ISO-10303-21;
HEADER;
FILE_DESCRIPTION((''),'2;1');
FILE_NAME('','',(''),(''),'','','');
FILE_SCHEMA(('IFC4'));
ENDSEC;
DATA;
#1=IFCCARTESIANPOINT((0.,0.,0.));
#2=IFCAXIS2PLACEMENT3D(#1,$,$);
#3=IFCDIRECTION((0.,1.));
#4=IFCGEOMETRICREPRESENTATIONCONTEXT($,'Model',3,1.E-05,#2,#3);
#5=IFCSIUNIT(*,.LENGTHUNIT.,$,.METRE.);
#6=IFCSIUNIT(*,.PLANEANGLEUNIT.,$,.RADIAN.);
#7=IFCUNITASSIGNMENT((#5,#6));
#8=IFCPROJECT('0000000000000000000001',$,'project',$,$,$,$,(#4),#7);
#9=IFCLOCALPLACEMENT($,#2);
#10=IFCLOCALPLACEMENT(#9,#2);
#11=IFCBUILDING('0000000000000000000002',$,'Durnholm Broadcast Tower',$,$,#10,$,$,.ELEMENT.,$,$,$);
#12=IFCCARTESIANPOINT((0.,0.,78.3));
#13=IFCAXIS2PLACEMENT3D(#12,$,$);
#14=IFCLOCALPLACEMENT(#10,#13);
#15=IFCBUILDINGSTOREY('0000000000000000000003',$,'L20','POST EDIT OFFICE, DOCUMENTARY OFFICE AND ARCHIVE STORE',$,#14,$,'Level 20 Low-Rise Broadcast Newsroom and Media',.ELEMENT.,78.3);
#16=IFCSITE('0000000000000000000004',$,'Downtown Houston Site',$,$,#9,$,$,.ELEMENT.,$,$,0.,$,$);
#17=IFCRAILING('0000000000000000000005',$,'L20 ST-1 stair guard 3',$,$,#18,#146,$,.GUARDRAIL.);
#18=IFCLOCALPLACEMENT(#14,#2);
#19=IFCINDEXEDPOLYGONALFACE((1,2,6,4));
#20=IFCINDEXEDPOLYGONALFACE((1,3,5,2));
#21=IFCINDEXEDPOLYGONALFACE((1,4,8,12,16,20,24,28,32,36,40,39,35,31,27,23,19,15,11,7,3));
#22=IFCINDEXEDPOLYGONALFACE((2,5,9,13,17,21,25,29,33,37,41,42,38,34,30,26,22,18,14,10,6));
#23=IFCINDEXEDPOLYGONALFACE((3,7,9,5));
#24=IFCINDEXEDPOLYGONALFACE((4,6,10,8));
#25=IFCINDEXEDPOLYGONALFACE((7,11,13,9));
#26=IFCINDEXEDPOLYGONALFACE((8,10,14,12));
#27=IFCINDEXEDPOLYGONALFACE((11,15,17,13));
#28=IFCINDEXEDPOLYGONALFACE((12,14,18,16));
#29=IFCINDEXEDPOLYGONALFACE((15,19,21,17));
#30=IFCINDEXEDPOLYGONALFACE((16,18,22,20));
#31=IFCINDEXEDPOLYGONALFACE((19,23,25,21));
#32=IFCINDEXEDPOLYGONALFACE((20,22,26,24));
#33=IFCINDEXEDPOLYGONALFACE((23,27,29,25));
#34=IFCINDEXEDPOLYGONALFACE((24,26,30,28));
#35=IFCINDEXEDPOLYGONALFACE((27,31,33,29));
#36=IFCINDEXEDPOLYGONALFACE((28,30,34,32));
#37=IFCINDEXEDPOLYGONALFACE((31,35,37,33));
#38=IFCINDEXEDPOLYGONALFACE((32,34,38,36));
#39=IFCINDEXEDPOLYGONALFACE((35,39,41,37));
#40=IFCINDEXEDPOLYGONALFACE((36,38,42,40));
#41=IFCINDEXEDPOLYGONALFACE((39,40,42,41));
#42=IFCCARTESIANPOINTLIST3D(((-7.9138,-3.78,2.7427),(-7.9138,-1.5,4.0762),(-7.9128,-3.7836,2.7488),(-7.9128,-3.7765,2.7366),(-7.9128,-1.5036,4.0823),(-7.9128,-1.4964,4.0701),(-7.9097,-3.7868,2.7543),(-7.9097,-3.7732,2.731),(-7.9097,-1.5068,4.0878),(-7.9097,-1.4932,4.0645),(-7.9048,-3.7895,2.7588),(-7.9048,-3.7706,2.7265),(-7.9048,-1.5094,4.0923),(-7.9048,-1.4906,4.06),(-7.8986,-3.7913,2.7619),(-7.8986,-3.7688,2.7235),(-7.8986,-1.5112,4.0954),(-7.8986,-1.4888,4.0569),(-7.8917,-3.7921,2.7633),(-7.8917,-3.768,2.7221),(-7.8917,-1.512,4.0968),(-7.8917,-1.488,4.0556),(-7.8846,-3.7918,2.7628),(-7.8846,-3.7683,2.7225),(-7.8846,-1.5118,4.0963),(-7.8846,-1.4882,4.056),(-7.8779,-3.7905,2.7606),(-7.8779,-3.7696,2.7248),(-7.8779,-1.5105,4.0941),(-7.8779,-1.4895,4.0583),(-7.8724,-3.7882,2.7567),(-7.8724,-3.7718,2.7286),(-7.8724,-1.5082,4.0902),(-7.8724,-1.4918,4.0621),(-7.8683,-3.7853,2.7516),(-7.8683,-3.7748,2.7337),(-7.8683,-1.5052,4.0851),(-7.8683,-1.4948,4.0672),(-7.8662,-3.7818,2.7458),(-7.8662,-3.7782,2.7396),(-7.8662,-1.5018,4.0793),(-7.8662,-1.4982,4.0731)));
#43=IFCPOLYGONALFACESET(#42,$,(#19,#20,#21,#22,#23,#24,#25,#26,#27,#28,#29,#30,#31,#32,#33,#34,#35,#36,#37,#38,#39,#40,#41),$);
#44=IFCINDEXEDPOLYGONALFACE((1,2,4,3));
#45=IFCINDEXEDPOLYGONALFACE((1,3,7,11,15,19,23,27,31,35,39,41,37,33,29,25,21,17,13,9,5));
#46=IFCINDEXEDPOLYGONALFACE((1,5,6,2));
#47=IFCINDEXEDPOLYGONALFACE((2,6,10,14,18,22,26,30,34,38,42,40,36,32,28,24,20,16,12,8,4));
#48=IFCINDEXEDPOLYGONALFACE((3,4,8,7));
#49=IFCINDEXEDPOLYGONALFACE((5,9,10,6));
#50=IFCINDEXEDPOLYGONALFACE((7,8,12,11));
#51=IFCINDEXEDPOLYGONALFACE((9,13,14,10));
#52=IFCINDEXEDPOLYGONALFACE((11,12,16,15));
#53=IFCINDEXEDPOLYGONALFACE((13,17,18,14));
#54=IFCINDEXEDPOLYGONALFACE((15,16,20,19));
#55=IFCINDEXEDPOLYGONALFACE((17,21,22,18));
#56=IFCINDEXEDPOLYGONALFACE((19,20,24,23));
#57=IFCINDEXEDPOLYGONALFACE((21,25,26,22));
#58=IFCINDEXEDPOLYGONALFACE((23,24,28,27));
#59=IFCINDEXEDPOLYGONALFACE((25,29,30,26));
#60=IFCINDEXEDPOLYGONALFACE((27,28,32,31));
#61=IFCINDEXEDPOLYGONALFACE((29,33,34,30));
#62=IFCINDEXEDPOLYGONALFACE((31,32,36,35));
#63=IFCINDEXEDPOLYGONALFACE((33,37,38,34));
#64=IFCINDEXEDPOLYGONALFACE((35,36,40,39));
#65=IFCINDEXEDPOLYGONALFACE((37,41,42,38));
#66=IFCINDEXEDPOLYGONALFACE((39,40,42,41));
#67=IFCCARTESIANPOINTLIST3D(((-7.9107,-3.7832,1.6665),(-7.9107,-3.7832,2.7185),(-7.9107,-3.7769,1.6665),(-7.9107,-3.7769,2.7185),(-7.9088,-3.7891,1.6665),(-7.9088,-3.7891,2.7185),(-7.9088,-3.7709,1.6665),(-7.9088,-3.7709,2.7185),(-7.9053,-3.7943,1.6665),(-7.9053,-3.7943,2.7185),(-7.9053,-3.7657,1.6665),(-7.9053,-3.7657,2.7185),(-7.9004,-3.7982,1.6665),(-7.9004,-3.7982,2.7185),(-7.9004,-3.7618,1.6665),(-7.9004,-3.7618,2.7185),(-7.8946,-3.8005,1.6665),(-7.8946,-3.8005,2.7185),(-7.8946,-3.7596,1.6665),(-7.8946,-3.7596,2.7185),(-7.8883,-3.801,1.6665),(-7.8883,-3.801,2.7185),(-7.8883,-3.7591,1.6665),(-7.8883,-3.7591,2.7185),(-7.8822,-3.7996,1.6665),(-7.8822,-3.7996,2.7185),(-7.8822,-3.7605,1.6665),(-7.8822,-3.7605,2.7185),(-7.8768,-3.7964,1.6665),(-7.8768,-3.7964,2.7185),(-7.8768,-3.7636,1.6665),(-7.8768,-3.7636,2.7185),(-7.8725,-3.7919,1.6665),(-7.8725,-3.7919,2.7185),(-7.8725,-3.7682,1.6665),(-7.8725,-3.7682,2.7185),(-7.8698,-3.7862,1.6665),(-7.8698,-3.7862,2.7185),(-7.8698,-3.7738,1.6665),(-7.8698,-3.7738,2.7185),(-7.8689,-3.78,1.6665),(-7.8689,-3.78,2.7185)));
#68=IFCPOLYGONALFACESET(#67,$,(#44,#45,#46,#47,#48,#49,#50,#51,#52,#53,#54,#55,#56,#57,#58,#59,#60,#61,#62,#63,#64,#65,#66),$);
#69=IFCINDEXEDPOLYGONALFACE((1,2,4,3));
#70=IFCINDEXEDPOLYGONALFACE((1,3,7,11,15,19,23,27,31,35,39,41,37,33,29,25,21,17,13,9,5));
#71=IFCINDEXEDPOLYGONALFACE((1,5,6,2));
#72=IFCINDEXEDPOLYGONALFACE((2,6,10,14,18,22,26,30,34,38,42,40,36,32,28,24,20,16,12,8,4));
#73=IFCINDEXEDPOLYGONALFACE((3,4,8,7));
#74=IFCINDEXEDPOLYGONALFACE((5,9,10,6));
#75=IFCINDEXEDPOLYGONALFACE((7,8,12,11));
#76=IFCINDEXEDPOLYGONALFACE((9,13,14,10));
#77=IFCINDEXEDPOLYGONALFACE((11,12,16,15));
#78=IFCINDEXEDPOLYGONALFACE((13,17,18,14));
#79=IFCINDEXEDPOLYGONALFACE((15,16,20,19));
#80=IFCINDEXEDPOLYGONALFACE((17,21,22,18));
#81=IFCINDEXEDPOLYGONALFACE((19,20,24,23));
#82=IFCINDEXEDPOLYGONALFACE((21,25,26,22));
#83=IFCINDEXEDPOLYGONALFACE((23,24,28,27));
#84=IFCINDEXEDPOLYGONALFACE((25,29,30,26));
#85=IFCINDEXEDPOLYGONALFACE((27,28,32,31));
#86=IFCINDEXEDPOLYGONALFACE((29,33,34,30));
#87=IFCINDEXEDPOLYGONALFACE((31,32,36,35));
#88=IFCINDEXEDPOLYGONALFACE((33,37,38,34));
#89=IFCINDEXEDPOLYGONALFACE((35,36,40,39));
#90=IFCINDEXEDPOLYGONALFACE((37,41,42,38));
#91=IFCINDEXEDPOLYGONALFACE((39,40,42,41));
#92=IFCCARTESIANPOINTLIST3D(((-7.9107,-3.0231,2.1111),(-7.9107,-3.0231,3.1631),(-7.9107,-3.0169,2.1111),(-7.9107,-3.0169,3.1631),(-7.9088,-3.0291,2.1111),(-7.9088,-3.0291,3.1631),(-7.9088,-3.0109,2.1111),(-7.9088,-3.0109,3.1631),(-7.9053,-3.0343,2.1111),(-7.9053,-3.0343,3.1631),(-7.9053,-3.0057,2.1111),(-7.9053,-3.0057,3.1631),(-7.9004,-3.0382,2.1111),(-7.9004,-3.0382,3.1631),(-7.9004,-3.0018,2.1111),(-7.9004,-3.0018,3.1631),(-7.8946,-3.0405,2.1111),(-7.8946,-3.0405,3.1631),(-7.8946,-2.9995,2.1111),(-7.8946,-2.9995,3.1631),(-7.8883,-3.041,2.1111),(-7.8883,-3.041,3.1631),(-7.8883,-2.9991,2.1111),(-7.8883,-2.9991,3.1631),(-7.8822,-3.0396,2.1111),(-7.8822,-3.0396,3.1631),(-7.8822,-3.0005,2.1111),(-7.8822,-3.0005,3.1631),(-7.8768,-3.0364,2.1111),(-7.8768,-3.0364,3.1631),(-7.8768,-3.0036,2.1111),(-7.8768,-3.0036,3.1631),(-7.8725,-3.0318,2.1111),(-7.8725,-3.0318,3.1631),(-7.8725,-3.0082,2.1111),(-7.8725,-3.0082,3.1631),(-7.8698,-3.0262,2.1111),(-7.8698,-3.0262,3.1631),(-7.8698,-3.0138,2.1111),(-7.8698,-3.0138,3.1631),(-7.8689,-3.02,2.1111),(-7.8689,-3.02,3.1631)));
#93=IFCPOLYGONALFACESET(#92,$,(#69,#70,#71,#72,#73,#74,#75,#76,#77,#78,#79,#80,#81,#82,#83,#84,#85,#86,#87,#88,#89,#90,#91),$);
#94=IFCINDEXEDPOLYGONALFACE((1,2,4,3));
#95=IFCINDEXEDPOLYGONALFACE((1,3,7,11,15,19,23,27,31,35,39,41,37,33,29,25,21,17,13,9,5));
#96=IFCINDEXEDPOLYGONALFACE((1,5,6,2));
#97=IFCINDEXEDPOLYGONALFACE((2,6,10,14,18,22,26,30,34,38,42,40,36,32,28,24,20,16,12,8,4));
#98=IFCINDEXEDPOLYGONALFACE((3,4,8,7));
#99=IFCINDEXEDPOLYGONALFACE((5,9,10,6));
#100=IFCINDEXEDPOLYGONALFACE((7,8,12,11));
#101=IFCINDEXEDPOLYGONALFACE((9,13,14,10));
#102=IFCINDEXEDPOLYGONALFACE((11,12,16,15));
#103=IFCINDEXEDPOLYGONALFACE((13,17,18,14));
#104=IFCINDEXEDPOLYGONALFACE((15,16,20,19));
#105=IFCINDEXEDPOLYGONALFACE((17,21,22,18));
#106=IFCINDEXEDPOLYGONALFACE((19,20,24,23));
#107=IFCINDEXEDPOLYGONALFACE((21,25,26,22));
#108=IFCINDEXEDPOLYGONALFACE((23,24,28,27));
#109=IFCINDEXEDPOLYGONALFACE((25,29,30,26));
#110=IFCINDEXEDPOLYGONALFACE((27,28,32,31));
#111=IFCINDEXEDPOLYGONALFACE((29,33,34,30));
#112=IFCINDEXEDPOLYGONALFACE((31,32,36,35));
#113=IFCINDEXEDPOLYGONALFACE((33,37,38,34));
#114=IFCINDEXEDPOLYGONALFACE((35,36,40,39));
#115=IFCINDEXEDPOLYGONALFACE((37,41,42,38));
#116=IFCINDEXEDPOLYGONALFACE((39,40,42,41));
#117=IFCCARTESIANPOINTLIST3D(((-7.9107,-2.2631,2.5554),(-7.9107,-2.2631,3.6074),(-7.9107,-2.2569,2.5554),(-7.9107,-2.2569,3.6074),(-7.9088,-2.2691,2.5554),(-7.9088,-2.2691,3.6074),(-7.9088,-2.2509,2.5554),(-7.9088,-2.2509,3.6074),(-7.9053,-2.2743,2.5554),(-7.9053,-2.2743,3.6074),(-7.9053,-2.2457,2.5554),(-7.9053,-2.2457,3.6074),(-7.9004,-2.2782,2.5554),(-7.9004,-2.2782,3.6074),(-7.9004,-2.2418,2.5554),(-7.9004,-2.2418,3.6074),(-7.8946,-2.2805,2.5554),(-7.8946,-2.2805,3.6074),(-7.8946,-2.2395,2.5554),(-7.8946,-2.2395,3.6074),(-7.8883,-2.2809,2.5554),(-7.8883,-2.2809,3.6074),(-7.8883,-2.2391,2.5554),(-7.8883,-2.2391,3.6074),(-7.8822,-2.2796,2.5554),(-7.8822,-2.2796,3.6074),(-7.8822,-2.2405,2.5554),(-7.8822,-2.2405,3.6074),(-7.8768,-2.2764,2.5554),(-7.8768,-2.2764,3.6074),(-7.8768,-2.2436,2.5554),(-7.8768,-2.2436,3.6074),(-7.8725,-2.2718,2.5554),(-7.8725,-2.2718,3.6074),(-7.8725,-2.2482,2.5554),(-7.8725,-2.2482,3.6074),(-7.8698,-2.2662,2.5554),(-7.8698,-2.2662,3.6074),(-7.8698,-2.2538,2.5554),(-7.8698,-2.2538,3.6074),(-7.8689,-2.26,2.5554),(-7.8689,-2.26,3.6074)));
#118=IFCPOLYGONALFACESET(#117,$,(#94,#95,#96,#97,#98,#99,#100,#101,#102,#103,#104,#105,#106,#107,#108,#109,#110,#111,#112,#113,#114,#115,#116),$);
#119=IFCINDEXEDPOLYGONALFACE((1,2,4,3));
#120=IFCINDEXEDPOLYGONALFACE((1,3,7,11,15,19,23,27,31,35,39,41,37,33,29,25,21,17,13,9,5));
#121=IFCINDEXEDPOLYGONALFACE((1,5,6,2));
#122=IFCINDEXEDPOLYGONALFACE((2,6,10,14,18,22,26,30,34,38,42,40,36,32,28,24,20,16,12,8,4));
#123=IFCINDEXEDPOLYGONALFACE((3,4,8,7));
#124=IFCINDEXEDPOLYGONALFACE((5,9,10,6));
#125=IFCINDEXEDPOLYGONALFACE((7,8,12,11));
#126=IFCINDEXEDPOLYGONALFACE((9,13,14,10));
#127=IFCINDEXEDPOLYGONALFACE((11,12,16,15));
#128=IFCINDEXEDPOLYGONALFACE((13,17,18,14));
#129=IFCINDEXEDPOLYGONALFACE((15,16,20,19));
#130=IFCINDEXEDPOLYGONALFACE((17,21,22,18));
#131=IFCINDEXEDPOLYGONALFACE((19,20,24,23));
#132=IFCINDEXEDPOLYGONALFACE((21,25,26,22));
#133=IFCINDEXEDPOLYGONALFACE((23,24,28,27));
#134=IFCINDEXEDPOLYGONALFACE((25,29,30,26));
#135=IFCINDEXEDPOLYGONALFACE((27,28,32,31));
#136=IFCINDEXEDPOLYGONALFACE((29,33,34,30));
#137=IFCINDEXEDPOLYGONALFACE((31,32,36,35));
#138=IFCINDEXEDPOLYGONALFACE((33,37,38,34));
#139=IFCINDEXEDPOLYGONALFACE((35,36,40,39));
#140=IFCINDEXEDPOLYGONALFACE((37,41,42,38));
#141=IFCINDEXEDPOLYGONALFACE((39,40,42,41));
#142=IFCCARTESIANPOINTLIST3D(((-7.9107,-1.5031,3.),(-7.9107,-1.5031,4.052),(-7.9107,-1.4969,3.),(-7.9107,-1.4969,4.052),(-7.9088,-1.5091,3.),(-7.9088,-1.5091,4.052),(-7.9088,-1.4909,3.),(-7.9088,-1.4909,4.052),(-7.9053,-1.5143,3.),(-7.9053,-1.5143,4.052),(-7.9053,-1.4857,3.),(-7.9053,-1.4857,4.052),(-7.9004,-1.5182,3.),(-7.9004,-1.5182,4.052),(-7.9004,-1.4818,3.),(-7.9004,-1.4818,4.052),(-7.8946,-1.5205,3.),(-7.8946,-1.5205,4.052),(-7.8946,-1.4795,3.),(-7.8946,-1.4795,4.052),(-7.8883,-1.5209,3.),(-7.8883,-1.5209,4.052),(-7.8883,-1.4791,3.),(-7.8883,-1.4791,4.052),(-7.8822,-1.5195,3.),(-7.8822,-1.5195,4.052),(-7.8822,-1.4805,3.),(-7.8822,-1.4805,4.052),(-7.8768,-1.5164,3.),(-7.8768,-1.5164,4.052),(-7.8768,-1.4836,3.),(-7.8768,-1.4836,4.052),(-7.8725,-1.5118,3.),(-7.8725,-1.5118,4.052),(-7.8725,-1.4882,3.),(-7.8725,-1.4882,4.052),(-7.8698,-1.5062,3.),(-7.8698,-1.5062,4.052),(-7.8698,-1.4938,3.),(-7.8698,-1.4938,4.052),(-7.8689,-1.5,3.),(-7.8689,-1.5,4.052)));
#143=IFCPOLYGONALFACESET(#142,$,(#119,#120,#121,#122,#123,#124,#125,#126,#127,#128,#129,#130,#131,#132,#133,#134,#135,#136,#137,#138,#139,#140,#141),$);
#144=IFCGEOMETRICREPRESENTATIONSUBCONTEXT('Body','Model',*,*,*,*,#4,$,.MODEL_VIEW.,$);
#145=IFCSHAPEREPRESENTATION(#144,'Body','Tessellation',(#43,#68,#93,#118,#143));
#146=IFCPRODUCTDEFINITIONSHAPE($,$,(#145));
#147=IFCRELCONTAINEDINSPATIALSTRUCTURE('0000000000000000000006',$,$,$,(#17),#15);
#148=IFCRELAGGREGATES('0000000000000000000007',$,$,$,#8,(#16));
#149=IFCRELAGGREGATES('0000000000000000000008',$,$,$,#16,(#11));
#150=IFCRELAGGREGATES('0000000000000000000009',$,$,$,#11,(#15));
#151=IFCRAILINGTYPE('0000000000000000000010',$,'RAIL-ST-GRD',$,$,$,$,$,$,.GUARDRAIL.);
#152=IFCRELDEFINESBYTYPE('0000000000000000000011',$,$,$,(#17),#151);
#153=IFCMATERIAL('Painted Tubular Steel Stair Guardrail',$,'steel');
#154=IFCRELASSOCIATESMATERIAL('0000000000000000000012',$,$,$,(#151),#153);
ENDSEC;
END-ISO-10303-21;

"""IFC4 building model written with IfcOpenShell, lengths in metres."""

from ifc_helpers import new_model, si_unit, direction, frame, origin, origin_2d, place, context, subcontext, project, spatial, circle, extrude, material, type_object, element, save


model = new_model("IFC4")

# Units and contexts
model_context = context("Model", 3, precision=1e-05, world=origin(), true_north=direction((0.0, 1.0)))
body_context = subcontext(model_context, "Body", "Model", "MODEL_VIEW")
ifc_project = project(units=[si_unit("LENGTHUNIT", "METRE"), si_unit("PLANEANGLEUNIT", "RADIAN")], contexts=[model_context])

# Site, building, storey
site_placement = place(None, origin())
site = spatial("IfcSite", under=ifc_project, at=site_placement, Name="Downtown Houston Site", CompositionType="ELEMENT", RefElevation=0.0)
building_placement = place(site_placement, origin())
building = spatial("IfcBuilding", under=site, at=building_placement, Name="Durnholm Broadcast Tower", CompositionType="ELEMENT")
storey_placement = place(building_placement, frame((0.0, 0.0, 78.3)))
storey = spatial("IfcBuildingStorey", under=building, at=storey_placement, Name="L20", Description="POST EDIT OFFICE, DOCUMENTARY OFFICE AND ARCHIVE STORE", LongName="Level 20 Low-Rise Broadcast Newsroom and Media", CompositionType="ELEMENT", Elevation=78.3)

# Railing
ifc_material_1 = material(Name="Painted Tubular Steel Stair Guardrail", Category="steel")
railing_type_1 = type_object("IfcRailingType", Name="RAIL-ST-GRD", PredefinedType="GUARDRAIL", material=ifc_material_1)
railing_1_placement = place(storey_placement, frame((-7.8899, -3.78, 1.6665)))
element("IfcRailing", 1, at=railing_1_placement, inside=storey, type_object=railing_type_1, Name="L20 ST-1 stair guard 3", PredefinedType="GUARDRAIL", context=body_context, shape_type="SweptSolid", body=[
    extrude(circle(Radius=0.0239, at=origin_2d()), frame((0.0, 0.0, 1.0762), z_axis=(0.0, 0.863205, 0.504853), x_axis=(-1.0, 0.0, 0.0)), (0.0, 0.0, 1.0), 2.6414),
    extrude(circle(Radius=0.021, at=origin_2d()), origin(), (0.0, 0.0, 1.0), 1.052),
    extrude(circle(Radius=0.021, at=origin_2d()), frame((0.0, 0.76, 0.4446)), (0.0, 0.0, 1.0), 1.052),
    extrude(circle(Radius=0.021, at=origin_2d()), frame((0.0, 1.52, 0.8889)), (0.0, 0.0, 1.0), 1.052),
    extrude(circle(Radius=0.021, at=origin_2d()), frame((0.0, 2.28, 1.3335)), (0.0, 0.0, 1.0), 1.052),
])

save(model, "model.ifc")
